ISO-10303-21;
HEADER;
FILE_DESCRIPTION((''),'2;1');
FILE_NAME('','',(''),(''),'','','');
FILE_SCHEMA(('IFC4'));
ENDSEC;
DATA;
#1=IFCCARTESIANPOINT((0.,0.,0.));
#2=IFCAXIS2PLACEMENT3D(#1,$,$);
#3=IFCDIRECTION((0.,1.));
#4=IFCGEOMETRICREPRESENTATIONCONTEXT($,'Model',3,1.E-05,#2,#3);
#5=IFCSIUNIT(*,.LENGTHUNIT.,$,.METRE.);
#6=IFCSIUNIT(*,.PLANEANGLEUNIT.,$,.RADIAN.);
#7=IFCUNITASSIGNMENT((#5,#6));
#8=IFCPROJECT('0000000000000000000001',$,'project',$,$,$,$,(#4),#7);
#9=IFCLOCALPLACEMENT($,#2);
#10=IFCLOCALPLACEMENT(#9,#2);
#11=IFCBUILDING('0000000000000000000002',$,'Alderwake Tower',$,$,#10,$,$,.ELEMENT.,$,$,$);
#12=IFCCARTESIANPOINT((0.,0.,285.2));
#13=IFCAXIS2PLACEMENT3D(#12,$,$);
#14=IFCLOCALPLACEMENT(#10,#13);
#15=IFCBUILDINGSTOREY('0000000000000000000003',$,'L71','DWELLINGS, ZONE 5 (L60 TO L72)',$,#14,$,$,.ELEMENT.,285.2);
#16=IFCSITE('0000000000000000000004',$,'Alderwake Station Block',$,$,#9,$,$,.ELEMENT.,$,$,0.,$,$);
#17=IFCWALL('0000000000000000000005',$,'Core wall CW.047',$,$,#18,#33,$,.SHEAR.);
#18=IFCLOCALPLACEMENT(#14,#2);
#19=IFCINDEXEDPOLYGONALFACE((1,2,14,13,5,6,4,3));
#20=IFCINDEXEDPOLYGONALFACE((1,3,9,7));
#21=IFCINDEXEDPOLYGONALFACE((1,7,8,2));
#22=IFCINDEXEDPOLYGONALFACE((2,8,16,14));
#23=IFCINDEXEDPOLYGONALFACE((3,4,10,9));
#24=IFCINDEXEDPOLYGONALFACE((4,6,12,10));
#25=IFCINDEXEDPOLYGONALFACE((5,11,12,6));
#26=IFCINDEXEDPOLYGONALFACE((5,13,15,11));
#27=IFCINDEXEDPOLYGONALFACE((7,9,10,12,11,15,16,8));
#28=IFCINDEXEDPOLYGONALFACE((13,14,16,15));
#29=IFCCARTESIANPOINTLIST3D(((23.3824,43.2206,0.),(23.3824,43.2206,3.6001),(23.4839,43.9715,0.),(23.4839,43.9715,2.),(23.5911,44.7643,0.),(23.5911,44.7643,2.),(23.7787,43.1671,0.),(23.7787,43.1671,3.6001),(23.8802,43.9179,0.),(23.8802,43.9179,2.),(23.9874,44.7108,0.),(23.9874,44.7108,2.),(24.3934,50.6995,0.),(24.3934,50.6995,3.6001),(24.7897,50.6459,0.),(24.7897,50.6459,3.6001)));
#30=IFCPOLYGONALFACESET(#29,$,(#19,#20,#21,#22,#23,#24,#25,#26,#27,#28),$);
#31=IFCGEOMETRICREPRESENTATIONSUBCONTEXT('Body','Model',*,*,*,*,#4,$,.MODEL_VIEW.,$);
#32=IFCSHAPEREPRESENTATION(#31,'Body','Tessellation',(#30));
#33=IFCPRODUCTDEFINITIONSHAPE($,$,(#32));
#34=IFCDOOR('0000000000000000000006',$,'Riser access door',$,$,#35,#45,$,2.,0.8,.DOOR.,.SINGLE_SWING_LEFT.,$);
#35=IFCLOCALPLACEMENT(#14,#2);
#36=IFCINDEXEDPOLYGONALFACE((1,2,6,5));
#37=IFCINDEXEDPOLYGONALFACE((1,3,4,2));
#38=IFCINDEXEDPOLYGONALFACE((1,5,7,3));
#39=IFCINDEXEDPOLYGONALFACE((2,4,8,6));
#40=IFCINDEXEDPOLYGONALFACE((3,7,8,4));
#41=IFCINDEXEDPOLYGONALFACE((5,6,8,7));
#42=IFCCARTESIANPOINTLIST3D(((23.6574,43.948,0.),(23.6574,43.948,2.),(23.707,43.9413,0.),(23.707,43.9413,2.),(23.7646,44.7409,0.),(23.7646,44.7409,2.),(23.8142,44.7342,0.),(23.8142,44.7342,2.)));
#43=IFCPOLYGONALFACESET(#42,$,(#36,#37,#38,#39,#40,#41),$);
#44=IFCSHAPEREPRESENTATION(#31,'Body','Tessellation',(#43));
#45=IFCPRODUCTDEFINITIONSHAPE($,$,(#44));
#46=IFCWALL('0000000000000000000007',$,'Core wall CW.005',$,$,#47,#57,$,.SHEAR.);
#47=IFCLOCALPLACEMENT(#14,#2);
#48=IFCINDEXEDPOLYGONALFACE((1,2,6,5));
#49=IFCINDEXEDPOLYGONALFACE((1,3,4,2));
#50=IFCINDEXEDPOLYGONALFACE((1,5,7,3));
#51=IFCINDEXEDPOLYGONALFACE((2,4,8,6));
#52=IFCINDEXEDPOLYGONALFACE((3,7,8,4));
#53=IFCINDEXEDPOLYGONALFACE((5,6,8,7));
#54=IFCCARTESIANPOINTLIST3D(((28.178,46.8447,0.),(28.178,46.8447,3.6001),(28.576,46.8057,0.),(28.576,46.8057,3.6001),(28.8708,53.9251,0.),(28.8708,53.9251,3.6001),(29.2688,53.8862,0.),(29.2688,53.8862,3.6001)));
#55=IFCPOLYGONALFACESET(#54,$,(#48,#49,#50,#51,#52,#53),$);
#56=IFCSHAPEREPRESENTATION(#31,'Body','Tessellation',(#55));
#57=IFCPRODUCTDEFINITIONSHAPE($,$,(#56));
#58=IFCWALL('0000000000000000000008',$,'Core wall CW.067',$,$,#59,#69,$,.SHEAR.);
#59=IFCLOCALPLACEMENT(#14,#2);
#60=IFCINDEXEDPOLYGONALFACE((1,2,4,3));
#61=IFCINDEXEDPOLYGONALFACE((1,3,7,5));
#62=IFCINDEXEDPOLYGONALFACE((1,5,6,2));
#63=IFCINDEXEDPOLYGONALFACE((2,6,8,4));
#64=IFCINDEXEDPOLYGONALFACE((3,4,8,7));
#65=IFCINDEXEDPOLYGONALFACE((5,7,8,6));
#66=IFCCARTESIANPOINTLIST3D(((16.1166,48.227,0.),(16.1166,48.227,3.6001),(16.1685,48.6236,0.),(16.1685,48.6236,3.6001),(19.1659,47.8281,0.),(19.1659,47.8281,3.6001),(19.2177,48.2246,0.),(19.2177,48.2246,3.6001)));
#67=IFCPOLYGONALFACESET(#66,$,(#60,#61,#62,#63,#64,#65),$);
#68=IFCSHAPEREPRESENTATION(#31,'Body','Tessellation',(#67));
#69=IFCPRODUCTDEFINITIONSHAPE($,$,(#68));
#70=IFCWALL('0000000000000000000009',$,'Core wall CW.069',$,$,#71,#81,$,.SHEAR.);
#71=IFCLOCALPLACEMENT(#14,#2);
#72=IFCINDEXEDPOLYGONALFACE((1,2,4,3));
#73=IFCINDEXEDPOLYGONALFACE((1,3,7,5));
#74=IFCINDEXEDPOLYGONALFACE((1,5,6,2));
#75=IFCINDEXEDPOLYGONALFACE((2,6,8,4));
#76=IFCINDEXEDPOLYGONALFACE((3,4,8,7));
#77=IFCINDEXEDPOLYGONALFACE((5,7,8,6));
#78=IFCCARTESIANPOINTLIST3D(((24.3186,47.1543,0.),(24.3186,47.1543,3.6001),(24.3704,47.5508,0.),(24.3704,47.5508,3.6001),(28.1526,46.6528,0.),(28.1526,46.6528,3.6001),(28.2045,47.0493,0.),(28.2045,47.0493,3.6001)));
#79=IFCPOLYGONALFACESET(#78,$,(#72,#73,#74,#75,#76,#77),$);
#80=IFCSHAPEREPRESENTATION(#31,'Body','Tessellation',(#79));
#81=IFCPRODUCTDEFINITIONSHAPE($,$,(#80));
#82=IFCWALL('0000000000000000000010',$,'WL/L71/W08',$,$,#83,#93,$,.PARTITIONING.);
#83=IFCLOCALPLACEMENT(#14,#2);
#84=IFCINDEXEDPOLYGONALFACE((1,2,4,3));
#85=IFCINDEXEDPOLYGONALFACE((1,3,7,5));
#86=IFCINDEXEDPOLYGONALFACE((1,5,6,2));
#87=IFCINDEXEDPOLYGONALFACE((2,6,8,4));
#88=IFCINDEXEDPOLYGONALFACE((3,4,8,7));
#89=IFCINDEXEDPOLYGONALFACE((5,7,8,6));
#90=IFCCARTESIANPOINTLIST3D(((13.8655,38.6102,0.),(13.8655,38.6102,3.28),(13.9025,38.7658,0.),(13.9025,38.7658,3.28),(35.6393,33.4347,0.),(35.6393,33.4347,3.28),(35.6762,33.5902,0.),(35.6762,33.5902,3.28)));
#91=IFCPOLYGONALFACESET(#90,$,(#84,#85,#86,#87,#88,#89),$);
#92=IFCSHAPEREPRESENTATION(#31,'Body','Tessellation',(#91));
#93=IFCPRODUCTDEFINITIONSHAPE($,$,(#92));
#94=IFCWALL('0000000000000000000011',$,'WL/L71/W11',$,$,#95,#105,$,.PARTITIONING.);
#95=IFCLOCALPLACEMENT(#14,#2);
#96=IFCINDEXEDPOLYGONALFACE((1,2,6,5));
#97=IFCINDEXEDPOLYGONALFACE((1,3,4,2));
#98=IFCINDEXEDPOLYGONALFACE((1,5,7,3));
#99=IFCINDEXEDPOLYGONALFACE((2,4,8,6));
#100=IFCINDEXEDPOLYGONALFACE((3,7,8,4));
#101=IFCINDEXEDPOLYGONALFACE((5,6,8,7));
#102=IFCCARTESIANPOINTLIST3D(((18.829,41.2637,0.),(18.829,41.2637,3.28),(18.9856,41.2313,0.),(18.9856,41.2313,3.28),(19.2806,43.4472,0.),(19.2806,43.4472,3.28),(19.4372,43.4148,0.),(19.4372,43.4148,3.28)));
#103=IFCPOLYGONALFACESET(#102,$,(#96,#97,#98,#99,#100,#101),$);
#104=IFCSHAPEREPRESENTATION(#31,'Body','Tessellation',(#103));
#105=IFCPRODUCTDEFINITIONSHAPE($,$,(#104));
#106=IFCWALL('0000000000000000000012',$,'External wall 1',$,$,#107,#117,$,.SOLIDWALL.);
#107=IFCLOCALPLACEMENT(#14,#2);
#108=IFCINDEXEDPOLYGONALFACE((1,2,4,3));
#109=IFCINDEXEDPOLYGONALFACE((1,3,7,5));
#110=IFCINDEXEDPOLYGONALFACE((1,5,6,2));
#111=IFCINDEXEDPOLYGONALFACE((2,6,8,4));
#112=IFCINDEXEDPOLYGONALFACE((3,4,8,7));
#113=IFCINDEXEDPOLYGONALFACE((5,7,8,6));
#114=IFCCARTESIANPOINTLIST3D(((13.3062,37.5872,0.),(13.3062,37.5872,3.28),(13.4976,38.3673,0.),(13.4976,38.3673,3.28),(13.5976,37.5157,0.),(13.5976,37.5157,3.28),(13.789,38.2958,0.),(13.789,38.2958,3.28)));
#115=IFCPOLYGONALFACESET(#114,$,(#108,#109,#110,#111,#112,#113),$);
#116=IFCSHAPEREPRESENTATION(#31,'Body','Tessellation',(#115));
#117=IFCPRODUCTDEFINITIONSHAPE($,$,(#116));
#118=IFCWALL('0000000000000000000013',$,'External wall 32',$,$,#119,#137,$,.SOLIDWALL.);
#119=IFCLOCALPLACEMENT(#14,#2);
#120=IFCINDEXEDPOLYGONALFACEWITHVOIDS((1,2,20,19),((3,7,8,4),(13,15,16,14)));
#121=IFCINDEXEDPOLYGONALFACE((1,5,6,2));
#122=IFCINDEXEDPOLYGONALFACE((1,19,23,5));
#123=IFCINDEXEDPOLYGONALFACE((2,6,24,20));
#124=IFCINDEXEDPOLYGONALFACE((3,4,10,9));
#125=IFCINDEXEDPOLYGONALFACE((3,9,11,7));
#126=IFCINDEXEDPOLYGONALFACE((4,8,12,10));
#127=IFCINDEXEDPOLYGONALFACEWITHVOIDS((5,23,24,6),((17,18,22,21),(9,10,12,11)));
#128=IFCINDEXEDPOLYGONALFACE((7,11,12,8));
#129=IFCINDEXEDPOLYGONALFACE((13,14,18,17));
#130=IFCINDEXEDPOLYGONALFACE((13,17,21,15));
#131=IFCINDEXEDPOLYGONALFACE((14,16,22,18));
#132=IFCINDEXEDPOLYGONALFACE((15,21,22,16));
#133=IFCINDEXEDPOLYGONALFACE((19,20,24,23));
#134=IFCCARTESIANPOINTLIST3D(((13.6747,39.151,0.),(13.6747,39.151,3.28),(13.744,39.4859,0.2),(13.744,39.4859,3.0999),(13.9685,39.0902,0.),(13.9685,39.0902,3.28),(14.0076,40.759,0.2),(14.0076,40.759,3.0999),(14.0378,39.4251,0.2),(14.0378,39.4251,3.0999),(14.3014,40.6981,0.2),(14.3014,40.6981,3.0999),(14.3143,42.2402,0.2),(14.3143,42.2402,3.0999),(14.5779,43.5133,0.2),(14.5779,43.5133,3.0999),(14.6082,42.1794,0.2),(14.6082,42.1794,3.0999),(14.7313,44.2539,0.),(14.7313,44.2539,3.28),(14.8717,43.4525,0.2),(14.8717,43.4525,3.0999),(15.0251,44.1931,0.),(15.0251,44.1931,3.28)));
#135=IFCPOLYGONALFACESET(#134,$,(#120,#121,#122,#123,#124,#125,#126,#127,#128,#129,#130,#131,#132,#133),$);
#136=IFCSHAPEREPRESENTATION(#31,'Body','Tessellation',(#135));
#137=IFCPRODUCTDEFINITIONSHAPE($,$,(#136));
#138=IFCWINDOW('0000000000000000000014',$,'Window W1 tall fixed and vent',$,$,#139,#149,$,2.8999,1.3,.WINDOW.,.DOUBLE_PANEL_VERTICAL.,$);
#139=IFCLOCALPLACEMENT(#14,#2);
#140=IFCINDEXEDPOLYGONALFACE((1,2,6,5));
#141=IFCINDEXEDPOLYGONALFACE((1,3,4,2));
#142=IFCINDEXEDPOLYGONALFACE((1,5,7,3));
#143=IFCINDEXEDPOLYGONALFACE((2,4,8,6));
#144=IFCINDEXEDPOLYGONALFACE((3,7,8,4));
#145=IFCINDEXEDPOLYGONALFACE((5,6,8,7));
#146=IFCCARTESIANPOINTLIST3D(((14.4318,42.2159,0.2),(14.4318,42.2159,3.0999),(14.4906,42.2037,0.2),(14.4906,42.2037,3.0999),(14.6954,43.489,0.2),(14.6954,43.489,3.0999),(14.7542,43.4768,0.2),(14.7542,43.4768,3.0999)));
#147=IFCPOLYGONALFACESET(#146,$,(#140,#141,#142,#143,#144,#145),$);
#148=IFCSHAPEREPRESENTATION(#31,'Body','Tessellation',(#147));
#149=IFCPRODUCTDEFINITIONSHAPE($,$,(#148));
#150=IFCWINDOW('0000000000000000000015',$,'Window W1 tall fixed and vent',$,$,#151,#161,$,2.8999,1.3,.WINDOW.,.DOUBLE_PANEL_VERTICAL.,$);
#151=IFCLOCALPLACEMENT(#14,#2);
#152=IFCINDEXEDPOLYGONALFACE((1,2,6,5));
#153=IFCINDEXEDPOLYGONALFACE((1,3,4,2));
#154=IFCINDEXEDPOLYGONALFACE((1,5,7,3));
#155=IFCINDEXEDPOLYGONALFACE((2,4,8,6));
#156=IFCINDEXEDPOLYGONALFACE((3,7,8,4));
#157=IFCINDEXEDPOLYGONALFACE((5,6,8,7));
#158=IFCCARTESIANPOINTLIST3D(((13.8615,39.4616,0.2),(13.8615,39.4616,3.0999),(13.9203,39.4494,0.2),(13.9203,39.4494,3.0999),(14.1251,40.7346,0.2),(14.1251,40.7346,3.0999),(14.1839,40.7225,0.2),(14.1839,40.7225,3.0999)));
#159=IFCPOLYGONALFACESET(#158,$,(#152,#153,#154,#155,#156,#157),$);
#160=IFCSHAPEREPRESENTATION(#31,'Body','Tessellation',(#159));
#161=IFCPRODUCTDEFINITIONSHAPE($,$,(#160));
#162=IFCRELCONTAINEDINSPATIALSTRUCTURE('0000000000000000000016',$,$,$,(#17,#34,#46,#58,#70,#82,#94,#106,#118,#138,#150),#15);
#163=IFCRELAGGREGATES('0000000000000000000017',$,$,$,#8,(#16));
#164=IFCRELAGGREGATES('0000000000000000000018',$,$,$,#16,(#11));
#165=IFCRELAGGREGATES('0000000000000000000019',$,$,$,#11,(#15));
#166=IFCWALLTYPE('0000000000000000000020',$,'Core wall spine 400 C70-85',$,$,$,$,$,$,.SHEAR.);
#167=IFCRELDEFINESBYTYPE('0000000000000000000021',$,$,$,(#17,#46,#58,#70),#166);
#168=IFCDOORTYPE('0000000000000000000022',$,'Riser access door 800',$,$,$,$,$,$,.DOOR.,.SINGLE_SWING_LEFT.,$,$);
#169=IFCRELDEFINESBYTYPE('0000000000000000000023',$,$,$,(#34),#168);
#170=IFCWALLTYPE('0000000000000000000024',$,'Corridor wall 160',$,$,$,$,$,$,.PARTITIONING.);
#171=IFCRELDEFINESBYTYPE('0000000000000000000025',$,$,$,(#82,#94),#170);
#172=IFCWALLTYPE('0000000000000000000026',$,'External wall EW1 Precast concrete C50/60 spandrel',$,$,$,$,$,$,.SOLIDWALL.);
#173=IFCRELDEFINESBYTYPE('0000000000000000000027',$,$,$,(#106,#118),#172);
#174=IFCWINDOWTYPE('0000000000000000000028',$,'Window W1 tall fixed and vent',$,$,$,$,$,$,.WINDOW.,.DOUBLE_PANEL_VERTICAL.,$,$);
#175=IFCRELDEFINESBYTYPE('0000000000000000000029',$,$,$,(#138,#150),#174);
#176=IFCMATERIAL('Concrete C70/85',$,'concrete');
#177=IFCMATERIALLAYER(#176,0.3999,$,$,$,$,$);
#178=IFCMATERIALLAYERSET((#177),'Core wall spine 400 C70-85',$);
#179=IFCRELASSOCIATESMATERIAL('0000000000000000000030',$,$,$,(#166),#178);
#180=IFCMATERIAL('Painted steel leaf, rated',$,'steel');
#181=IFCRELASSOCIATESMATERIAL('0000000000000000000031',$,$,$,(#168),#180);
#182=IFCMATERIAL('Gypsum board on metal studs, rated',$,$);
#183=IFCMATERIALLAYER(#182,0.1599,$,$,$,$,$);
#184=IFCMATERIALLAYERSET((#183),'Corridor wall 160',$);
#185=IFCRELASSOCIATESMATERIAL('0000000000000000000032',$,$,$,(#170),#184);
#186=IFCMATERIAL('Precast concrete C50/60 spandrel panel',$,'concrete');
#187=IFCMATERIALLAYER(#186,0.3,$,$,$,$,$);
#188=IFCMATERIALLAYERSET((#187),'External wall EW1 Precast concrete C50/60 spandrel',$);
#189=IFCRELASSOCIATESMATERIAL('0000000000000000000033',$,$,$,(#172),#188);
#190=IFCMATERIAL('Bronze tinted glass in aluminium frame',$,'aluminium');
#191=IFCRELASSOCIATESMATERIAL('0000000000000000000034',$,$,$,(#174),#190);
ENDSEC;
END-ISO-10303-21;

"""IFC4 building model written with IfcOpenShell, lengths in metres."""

from ifc_helpers import new_model, si_unit, direction, frame, frame_2d, origin, place, context, subcontext, project, spatial, rectangle, extrude, material, layer, layer_set, type_object, element, fill, save


model = new_model("IFC4")

# Units and contexts
model_context = context("Model", 3, precision=1e-05, world=origin(), true_north=direction((0.0, 1.0)))
body_context = subcontext(model_context, "Body", "Model", "MODEL_VIEW")
ifc_project = project(units=[si_unit("LENGTHUNIT", "METRE"), si_unit("PLANEANGLEUNIT", "RADIAN")], contexts=[model_context])

# Site, building, storey
site_placement = place(None, origin())
site = spatial("IfcSite", under=ifc_project, at=site_placement, Name="Alderwake Station Block", CompositionType="ELEMENT", RefElevation=0.0)
building_placement = place(site_placement, origin())
building = spatial("IfcBuilding", under=site, at=building_placement, Name="Alderwake Tower", CompositionType="ELEMENT")
storey_placement = place(building_placement, frame((0.0, 0.0, 285.2)))
storey = spatial("IfcBuildingStorey", under=building, at=storey_placement, Name="L71", Description="DWELLINGS, ZONE 5 (L60 TO L72)", CompositionType="ELEMENT", Elevation=285.2)

# Wall, opening, door
ifc_material_1 = material(Name="Concrete C70/85", Category="concrete")
ifc_layer_1 = layer(ifc_material_1, 0.3999)
ifc_layer_set_1 = layer_set([ifc_layer_1], Name="Core wall spine 400 C70-85")
wall_type_1 = type_object("IfcWallType", Name="Core wall spine 400 C70-85", PredefinedType="SHEAR", material=ifc_layer_set_1)
wall_1_placement = place(storey_placement, frame((23.5806, 43.1938, 0.0), z_axis=(0.0, 0.0, 1.0), x_axis=(0.133963, 0.990986, 0.0)))
wall_1 = element("IfcWall", 1, at=wall_1_placement, inside=storey, type_object=wall_type_1, Name="Core wall CW.047", PredefinedType="SHEAR", context=body_context, shape_type="SweptSolid", body=[
    extrude(rectangle(XDim=7.5469, YDim=0.3999, at=frame_2d((3.7734, 0.0))), origin(), (0.0, 0.0, 1.0), 3.6001),
])
opening_1_placement = place(wall_1_placement, frame((0.7578, 0.0, 0.0)))
opening_1 = element("IfcOpeningElement", 2, at=opening_1_placement, cuts=wall_1, PredefinedType="OPENING", context=body_context, shape_type="SweptSolid", body=[
    extrude(rectangle(XDim=0.8, YDim=2.0, at=frame_2d((0.3999, 1.0))), frame((0.0, 0.21, 0.0), z_axis=(0.0, -1.0, 0.0), x_axis=(1.0, 0.0, 0.0)), (0.0, 0.0, 1.0), 0.4199),
])
ifc_material_2 = material(Name="Painted steel leaf, rated", Category="steel")
door_type_1 = type_object("IfcDoorType", Name="Riser access door 800", OperationType="SINGLE_SWING_LEFT", PredefinedType="DOOR", material=ifc_material_2)
door_1_placement = place(opening_1_placement, origin())
door_1 = element("IfcDoor", 3, at=door_1_placement, inside=storey, type_object=door_type_1, Name="Riser access door", OperationType="SINGLE_SWING_LEFT", OverallHeight=2.0, OverallWidth=0.8, PredefinedType="DOOR", context=body_context, shape_type="SweptSolid", body=[
    extrude(rectangle(XDim=0.8, YDim=2.0, at=frame_2d((0.3999, 1.0))), frame((0.0, 0.0249, 0.0), z_axis=(0.0, -1.0, 0.0), x_axis=(1.0, 0.0, 0.0)), (0.0, 0.0, 1.0), 0.05),
])
fill(opening_1, door_1)

# Walls
wall_2_placement = place(storey_placement, frame((28.377, 46.8252, 0.0), z_axis=(0.0, 0.0, 1.0), x_axis=(0.097393, 0.995246, 0.0)))
element("IfcWall", 4, at=wall_2_placement, inside=storey, type_object=wall_type_1, Name="Core wall CW.005", PredefinedType="SHEAR", context=body_context, shape_type="SweptSolid", body=[
    extrude(rectangle(XDim=7.1143, YDim=0.3999, at=frame_2d((3.5571, 0.0))), origin(), (0.0, 0.0, 1.0), 3.6001),
])
wall_3_placement = place(storey_placement, frame((16.1426, 48.4253, 0.0), z_axis=(0.0, 0.0, 1.0), x_axis=(0.991551, -0.129719, 0.0)))
element("IfcWall", 5, at=wall_3_placement, inside=storey, type_object=wall_type_1, Name="Core wall CW.067", PredefinedType="SHEAR", context=body_context, shape_type="SweptSolid", body=[
    extrude(rectangle(XDim=3.0752, YDim=0.3999, at=frame_2d((1.5376, 0.0))), origin(), (0.0, 0.0, 1.0), 3.6001),
])
wall_4_placement = place(storey_placement, frame((24.3445, 47.3525, 0.0), z_axis=(0.0, 0.0, 1.0), x_axis=(0.991555, -0.12969, 0.0)))
element("IfcWall", 6, at=wall_4_placement, inside=storey, type_object=wall_type_1, Name="Core wall CW.069", PredefinedType="SHEAR", context=body_context, shape_type="SweptSolid", body=[
    extrude(rectangle(XDim=3.8667, YDim=0.3999, at=frame_2d((1.9333, 0.0))), origin(), (0.0, 0.0, 1.0), 3.6001),
])
ifc_material_3 = material(Name="Gypsum board on metal studs, rated")
ifc_layer_2 = layer(ifc_material_3, 0.1599)
ifc_layer_set_2 = layer_set([ifc_layer_2], Name="Corridor wall 160")
wall_type_2 = type_object("IfcWallType", Name="Corridor wall 160", PredefinedType="PARTITIONING", material=ifc_layer_set_2)
wall_5_placement = place(storey_placement, frame((13.884, 38.688, 0.0), z_axis=(0.0, 0.0, 1.0), x_axis=(0.972893, -0.231254, 0.0)))
element("IfcWall", 7, at=wall_5_placement, inside=storey, type_object=wall_type_2, Name="WL/L71/W08", PredefinedType="PARTITIONING", context=body_context, shape_type="SweptSolid", body=[
    extrude(rectangle(XDim=22.3804, YDim=0.1599, at=frame_2d((11.1902, 0.0))), origin(), (0.0, 0.0, 1.0), 3.28),
])
wall_6_placement = place(storey_placement, frame((19.3589, 43.4309, 0.0), z_axis=(0.0, 0.0, 1.0), x_axis=(-0.202555, -0.979271, 0.0)))
element("IfcWall", 8, at=wall_6_placement, inside=storey, type_object=wall_type_2, Name="WL/L71/W11", PredefinedType="PARTITIONING", context=body_context, shape_type="SweptSolid", body=[
    extrude(rectangle(XDim=2.2297, YDim=0.1599, at=frame_2d((1.1147, 0.0))), origin(), (0.0, 0.0, 1.0), 3.28),
])
ifc_material_4 = material(Name="Precast concrete C50/60 spandrel panel", Category="concrete")
ifc_layer_3 = layer(ifc_material_4, 0.3)
ifc_layer_set_3 = layer_set([ifc_layer_3], Name="External wall EW1 Precast concrete C50/60 spandrel")
wall_type_3 = type_object("IfcWallType", Name="External wall EW1 Precast concrete C50/60 spandrel", PredefinedType="SOLIDWALL", material=ifc_layer_set_3)
wall_7_placement = place(storey_placement, frame((13.6433, 38.3315, 0.0), z_axis=(0.0, 0.0, 1.0), x_axis=(-0.238313, -0.971188, 0.0)))
element("IfcWall", 9, at=wall_7_placement, inside=storey, type_object=wall_type_3, Name="External wall 1", PredefinedType="SOLIDWALL", context=body_context, shape_type="SweptSolid", body=[
    extrude(rectangle(XDim=0.8032, YDim=0.3, at=frame_2d((0.4016, 0.0))), origin(), (0.0, 0.0, 1.0), 3.28),
])

# Wall, openings, windows
wall_8_placement = place(storey_placement, frame((14.8782, 44.2234, 0.0), z_axis=(0.0, 0.0, 1.0), x_axis=(-0.202761, -0.979228, 0.0)))
wall_8 = element("IfcWall", 10, at=wall_8_placement, inside=storey, type_object=wall_type_3, Name="External wall 32", PredefinedType="SOLIDWALL", context=body_context, shape_type="SweptSolid", body=[
    extrude(rectangle(XDim=5.2112, YDim=0.3, at=frame_2d((2.6055, 0.0))), origin(), (0.0, 0.0, 1.0), 3.28),
])
opening_2_placement = place(wall_8_placement, frame((0.7563, 0.0, 0.2)))
opening_2 = element("IfcOpeningElement", 11, at=opening_2_placement, cuts=wall_8, PredefinedType="OPENING", context=body_context, shape_type="SweptSolid", body=[
    extrude(rectangle(XDim=1.3, YDim=2.8999, at=frame_2d((0.6499, 1.45))), frame((0.0, 0.1599, 0.0), z_axis=(0.0, -1.0, 0.0), x_axis=(1.0, 0.0, 0.0)), (0.0, 0.0, 1.0), 0.3201),
])
opening_3_placement = place(wall_8_placement, frame((3.5691, 0.0, 0.2)))
opening_3 = element("IfcOpeningElement", 12, at=opening_3_placement, cuts=wall_8, PredefinedType="OPENING", context=body_context, shape_type="SweptSolid", body=[
    extrude(rectangle(XDim=1.3, YDim=2.8999, at=frame_2d((0.6499, 1.45))), frame((0.0, 0.1599, 0.0), z_axis=(0.0, -1.0, 0.0), x_axis=(1.0, 0.0, 0.0)), (0.0, 0.0, 1.0), 0.3201),
])
ifc_material_5 = material(Name="Bronze tinted glass in aluminium frame", Category="aluminium")
window_type = type_object("IfcWindowType", Name="Window W1 tall fixed and vent", PartitioningType="DOUBLE_PANEL_VERTICAL", PredefinedType="WINDOW", material=ifc_material_5)
window_1_placement = place(opening_2_placement, origin())
window_1 = element("IfcWindow", 13, at=window_1_placement, inside=storey, type_object=window_type, Name="Window W1 tall fixed and vent", OverallHeight=2.8999, OverallWidth=1.3, PartitioningType="DOUBLE_PANEL_VERTICAL", PredefinedType="WINDOW", context=body_context, shape_type="SweptSolid", body=[
    extrude(rectangle(XDim=1.3, YDim=2.8999, at=frame_2d((0.6499, 1.45))), frame((0.0, 0.03, 0.0), z_axis=(0.0, -1.0, 0.0), x_axis=(1.0, 0.0, 0.0)), (0.0, 0.0, 1.0), 0.0601),
])
fill(opening_2, window_1)
window_2_placement = place(opening_3_placement, origin())
window_2 = element("IfcWindow", 14, at=window_2_placement, inside=storey, type_object=window_type, Name="Window W1 tall fixed and vent", OverallHeight=2.8999, OverallWidth=1.3, PartitioningType="DOUBLE_PANEL_VERTICAL", PredefinedType="WINDOW", context=body_context, shape_type="SweptSolid", body=[
    extrude(rectangle(XDim=1.3, YDim=2.8999, at=frame_2d((0.6499, 1.45))), frame((0.0, 0.03, 0.0), z_axis=(0.0, -1.0, 0.0), x_axis=(1.0, 0.0, 0.0)), (0.0, 0.0, 1.0), 0.0601),
])
fill(opening_3, window_2)

save(model, "model.ifc")
